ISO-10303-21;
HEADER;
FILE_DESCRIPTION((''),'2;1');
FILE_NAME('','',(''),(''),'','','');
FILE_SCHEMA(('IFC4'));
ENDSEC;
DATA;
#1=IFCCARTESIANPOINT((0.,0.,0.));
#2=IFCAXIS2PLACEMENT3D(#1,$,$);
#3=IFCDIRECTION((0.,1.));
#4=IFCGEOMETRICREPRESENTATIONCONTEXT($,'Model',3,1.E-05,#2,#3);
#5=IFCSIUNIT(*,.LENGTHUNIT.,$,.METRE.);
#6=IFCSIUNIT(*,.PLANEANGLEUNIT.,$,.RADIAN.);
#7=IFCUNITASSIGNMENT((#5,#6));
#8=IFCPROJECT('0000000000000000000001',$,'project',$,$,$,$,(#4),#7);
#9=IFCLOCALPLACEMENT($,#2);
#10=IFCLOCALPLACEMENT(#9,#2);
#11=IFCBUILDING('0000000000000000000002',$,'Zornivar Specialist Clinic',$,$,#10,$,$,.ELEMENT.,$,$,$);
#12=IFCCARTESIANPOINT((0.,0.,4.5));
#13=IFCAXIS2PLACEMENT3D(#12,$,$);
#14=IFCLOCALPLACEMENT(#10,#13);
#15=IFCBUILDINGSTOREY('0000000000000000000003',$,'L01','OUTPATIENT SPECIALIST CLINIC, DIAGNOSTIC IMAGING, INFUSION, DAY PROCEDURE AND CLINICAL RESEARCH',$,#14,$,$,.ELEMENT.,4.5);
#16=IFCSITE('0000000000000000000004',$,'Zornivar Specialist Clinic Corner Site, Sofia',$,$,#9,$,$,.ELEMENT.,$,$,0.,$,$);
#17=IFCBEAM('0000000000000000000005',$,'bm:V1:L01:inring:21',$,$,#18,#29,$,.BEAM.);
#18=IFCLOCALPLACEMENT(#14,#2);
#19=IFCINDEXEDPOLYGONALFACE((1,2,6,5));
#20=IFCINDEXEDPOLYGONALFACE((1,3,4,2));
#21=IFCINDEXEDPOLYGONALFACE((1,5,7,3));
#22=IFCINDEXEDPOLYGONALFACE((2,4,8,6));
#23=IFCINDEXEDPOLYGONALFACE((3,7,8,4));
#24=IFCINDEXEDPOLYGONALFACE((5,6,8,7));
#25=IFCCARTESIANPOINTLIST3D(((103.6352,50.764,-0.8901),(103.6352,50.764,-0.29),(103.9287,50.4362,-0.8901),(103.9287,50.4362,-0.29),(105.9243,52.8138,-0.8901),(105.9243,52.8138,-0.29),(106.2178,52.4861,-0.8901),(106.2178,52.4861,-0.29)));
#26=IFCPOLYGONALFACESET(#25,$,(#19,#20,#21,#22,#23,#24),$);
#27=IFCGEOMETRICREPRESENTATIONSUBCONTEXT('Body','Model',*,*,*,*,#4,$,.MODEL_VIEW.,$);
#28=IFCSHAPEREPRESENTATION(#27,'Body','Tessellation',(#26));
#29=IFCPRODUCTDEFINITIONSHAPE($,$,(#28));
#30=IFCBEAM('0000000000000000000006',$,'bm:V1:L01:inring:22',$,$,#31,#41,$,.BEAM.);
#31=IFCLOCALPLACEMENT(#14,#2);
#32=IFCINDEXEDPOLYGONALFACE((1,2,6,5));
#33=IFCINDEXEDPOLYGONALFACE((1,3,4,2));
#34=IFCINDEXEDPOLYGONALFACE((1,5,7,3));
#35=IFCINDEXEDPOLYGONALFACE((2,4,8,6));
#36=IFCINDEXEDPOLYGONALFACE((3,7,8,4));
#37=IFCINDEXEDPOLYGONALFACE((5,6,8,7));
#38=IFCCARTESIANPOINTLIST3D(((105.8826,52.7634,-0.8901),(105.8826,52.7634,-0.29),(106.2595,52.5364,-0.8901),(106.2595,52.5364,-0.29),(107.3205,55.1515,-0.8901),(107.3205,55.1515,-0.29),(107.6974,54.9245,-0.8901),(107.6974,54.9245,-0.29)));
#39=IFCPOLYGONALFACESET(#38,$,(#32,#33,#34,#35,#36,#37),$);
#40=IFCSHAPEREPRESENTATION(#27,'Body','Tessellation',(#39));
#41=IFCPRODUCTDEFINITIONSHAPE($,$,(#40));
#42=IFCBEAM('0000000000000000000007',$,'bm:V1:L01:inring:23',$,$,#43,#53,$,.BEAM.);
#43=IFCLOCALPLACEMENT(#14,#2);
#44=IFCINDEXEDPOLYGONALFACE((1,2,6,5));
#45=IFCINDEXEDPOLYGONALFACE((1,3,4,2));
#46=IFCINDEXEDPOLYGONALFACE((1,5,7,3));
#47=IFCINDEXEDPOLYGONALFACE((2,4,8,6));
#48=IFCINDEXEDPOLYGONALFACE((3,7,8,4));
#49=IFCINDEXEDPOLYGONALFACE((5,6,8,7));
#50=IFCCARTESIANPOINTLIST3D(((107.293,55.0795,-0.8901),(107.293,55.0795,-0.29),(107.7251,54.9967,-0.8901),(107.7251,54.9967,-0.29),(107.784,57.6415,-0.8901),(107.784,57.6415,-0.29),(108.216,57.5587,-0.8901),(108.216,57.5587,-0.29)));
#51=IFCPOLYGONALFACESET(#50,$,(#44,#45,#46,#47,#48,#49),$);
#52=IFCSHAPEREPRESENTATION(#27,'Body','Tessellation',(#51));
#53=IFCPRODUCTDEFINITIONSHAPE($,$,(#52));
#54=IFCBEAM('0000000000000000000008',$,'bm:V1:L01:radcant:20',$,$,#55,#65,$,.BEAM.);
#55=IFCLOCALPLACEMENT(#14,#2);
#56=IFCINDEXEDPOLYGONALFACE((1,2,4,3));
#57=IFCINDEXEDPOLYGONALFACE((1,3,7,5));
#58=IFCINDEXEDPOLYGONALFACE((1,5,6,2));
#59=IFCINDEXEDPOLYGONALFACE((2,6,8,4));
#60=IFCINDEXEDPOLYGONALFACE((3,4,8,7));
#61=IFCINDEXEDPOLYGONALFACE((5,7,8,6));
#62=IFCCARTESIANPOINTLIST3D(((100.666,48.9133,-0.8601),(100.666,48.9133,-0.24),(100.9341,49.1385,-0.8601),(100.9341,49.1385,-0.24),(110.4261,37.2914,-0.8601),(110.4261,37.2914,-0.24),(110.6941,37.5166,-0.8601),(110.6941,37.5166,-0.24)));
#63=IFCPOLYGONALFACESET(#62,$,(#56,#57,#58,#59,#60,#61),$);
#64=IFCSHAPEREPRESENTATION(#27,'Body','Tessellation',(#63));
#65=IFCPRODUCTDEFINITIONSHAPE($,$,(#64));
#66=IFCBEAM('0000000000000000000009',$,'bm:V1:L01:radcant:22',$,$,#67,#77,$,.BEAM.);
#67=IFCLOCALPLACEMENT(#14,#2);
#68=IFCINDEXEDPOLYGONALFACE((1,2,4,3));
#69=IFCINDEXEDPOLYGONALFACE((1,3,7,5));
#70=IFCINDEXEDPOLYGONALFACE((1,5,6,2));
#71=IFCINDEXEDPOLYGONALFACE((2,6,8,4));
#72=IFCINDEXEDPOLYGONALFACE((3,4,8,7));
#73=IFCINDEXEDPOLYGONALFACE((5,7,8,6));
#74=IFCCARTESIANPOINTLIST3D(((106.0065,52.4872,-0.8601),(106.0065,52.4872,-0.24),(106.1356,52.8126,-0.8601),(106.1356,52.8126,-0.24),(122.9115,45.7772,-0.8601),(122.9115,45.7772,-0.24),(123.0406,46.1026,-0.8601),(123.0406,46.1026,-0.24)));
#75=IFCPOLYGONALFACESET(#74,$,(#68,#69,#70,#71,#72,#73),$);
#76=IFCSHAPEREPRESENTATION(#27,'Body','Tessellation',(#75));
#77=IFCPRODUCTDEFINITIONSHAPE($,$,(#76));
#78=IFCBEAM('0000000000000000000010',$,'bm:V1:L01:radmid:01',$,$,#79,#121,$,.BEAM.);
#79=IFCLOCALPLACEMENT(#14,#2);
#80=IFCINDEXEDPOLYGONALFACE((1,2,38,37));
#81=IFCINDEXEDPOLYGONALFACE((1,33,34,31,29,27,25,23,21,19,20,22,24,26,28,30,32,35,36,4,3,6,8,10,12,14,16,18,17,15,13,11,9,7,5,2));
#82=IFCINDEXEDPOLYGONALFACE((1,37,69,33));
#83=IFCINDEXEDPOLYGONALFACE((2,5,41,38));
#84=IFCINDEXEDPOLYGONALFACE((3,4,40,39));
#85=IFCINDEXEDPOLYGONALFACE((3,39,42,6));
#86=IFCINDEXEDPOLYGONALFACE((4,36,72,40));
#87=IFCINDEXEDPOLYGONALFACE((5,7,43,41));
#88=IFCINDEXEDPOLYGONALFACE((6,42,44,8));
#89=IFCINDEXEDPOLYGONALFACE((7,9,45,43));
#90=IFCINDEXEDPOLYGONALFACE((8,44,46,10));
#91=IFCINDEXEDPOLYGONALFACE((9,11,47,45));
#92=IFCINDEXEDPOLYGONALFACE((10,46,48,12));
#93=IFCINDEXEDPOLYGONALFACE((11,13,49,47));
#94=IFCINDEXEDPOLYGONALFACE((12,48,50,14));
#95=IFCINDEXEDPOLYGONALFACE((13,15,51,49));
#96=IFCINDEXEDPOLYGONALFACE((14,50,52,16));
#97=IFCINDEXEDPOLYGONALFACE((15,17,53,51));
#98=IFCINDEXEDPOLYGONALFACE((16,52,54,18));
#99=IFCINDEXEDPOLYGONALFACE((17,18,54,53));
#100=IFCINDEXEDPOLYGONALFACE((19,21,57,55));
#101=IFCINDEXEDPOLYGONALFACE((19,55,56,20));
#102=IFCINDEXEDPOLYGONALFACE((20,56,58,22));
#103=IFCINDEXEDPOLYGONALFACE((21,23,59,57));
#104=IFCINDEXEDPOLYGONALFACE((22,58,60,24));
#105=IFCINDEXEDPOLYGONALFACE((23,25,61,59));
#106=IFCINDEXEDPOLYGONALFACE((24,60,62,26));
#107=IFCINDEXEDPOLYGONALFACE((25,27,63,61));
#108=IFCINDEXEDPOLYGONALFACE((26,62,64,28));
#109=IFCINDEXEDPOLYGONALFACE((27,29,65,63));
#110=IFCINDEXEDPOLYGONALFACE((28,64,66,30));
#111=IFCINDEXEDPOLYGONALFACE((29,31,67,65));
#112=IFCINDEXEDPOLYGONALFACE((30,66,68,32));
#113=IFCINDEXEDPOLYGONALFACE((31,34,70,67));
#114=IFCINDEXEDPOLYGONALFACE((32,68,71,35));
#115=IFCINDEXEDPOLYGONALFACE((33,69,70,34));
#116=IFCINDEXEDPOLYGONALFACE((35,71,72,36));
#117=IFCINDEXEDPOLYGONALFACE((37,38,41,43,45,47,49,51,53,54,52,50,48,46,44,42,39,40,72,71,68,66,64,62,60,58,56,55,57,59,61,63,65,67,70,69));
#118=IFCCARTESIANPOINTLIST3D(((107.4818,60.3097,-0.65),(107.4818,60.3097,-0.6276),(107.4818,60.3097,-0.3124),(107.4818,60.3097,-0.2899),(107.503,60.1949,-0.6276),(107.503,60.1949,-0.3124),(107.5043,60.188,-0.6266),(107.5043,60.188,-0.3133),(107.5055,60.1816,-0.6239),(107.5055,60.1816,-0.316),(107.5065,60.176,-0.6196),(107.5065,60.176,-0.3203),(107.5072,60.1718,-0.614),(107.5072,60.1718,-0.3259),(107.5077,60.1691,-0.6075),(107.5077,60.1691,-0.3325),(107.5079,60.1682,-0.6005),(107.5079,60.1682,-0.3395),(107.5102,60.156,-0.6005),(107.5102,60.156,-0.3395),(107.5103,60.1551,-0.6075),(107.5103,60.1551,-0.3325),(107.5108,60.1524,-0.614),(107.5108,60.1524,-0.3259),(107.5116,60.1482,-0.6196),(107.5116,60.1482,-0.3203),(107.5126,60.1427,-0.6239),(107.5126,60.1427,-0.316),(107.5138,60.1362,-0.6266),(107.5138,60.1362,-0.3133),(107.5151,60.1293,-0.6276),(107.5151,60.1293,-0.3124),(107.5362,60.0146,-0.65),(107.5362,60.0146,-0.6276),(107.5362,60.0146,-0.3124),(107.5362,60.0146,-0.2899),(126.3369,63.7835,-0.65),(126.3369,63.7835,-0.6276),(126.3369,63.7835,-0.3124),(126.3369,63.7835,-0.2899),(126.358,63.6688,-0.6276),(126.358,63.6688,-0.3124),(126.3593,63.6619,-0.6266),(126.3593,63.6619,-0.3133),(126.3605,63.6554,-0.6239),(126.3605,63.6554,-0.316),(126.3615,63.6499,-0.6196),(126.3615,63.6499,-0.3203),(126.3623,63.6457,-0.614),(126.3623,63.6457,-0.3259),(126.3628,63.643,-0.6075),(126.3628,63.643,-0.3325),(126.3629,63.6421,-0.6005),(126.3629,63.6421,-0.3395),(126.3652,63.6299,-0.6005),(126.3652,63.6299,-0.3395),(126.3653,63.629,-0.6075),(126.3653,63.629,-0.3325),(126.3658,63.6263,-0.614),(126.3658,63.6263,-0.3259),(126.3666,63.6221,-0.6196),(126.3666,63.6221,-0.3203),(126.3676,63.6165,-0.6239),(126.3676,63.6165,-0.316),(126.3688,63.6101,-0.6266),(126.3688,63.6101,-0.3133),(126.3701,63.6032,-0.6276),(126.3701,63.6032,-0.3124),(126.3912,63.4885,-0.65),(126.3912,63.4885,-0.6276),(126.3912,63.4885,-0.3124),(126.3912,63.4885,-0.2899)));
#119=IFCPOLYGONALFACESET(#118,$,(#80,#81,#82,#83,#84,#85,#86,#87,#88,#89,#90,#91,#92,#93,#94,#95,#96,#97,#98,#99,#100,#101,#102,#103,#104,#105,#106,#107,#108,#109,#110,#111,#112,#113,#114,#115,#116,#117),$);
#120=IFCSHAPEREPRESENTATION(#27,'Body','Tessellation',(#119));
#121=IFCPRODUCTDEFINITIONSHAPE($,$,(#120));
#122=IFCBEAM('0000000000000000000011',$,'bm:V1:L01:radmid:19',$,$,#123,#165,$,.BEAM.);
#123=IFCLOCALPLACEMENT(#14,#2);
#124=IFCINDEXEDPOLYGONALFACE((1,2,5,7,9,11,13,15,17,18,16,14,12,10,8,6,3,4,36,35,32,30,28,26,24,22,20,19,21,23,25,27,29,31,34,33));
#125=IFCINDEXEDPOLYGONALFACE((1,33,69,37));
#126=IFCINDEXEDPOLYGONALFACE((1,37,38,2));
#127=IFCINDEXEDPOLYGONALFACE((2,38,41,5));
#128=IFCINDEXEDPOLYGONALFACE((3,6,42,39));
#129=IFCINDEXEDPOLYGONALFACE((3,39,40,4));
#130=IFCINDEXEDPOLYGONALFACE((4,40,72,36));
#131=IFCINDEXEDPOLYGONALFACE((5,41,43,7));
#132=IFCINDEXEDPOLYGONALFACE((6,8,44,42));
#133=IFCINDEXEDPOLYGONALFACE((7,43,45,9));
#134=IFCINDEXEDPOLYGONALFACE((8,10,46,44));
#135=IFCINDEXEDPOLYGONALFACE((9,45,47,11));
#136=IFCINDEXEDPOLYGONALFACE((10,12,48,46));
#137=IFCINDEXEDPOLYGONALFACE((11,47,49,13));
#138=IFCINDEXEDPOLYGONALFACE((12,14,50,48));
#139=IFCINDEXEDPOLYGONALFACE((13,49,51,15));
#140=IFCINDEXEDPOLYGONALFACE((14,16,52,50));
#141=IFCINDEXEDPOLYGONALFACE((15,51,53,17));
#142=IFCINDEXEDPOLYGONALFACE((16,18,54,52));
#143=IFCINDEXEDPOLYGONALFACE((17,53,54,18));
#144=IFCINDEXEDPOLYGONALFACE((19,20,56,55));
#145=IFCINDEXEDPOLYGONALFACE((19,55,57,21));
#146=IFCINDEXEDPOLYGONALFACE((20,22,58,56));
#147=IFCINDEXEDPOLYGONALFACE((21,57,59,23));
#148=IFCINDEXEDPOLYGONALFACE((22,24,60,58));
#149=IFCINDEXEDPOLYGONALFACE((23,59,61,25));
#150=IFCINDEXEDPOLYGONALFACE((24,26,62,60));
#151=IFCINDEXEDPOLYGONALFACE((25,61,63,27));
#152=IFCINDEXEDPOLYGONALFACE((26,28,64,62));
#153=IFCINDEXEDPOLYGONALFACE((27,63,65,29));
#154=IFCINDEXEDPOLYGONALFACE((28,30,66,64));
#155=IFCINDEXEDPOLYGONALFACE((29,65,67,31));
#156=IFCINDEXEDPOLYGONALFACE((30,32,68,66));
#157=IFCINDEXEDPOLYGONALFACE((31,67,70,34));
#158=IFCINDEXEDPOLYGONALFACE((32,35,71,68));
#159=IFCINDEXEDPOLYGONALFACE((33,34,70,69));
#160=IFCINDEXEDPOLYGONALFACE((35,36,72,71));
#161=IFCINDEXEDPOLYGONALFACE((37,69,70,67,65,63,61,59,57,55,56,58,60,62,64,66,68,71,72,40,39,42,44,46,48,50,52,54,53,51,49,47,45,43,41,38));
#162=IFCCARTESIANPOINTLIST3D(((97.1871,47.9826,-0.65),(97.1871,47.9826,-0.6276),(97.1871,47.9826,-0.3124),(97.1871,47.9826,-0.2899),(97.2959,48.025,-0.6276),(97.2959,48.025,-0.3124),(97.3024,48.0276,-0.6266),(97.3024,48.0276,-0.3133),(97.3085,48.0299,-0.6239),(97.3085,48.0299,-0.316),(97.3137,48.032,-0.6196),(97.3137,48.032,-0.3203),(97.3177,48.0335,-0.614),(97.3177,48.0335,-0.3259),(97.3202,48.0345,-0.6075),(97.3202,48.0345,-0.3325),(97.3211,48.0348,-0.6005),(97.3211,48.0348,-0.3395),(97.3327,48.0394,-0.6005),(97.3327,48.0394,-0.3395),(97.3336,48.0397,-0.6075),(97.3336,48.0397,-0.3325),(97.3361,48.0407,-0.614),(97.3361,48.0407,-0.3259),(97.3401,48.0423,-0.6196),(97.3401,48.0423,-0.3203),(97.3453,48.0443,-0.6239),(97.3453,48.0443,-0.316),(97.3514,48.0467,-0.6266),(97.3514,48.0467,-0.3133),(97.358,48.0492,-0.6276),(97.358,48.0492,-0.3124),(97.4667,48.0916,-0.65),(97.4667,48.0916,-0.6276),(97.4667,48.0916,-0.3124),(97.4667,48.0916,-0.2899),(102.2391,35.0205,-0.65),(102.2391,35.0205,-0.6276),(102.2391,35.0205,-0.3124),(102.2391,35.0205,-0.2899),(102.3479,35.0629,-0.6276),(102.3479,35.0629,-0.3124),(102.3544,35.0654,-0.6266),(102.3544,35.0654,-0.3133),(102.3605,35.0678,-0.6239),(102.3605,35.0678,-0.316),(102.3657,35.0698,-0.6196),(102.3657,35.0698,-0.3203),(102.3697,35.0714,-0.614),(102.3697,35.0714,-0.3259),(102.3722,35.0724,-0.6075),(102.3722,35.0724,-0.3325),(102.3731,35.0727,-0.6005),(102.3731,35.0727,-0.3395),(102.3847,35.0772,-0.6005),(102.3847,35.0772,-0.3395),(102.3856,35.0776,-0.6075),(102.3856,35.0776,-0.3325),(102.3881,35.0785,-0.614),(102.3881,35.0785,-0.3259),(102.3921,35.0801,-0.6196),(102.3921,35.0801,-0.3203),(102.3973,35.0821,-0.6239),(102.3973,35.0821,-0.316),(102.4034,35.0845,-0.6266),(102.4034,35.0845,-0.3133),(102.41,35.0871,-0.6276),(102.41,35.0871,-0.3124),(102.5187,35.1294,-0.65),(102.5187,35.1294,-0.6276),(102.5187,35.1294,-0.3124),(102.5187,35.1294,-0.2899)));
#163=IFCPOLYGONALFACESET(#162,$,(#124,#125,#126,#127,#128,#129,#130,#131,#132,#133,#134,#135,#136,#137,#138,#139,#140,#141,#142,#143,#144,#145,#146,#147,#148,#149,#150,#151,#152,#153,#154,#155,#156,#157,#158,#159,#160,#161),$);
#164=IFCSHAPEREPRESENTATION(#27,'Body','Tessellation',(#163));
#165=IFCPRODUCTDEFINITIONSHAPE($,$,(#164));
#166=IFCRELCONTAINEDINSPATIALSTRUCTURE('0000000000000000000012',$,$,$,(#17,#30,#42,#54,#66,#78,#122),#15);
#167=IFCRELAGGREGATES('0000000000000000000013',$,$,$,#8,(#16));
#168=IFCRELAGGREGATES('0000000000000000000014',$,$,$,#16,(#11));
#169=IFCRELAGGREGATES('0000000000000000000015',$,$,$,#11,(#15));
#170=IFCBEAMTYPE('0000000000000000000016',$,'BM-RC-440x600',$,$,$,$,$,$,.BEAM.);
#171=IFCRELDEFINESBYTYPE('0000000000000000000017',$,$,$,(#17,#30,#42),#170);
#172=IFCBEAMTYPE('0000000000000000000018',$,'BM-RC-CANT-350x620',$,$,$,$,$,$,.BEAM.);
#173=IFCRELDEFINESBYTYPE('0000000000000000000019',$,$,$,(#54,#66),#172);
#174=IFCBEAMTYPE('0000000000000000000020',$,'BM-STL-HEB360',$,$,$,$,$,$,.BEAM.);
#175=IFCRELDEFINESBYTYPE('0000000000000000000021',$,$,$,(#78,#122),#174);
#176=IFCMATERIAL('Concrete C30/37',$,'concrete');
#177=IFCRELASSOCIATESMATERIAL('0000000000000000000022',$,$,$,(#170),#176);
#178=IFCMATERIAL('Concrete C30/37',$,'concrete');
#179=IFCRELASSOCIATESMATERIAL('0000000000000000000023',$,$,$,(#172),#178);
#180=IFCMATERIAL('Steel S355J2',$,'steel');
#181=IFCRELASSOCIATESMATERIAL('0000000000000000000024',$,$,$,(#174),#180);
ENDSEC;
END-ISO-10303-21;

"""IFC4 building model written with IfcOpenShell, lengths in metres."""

from ifc_helpers import new_model, si_unit, direction, frame, origin, origin_2d, place, context, subcontext, project, spatial, rectangle, i_section, extrude, material, material_profile, profile_set, type_object, element, save


model = new_model("IFC4")

# Units and contexts
model_context = context("Model", 3, precision=1e-05, world=origin(), true_north=direction((0.0, 1.0)))
body_context = subcontext(model_context, "Body", "Model", "MODEL_VIEW")
ifc_project = project(units=[si_unit("LENGTHUNIT", "METRE"), si_unit("PLANEANGLEUNIT", "RADIAN")], contexts=[model_context])

# Site, building, storey
site_placement = place(None, origin())
site = spatial("IfcSite", under=ifc_project, at=site_placement, Name="Zornivar Specialist Clinic Corner Site, Sofia", CompositionType="ELEMENT", RefElevation=0.0)
building_placement = place(site_placement, origin())
building = spatial("IfcBuilding", under=site, at=building_placement, Name="Zornivar Specialist Clinic", CompositionType="ELEMENT")
storey_placement = place(building_placement, frame((0.0, 0.0, 4.5)))
storey = spatial("IfcBuildingStorey", under=building, at=storey_placement, Name="L01", Description="OUTPATIENT SPECIALIST CLINIC, DIAGNOSTIC IMAGING, INFUSION, DAY PROCEDURE AND CLINICAL RESEARCH", CompositionType="ELEMENT", Elevation=4.5)

# Beams
ifc_material_1 = material(Name="Concrete C30/37", Category="concrete")
ifc_material_profile_1 = material_profile(ifc_material_1, rectangle(XDim=0.4399, YDim=0.6001, at=origin_2d()), Name="RC 440x600")
ifc_profile_set_1 = profile_set([ifc_material_profile_1], Name="Concrete C30/37")
beam_type_1 = type_object("IfcBeamType", Name="BM-RC-440x600", PredefinedType="BEAM", material=ifc_profile_set_1)
beam_1_placement = place(storey_placement, frame((103.782, 50.6001, -0.5901), z_axis=(0.744967, 0.667101, 0.0), x_axis=(-0.667101, 0.744967, 0.0)))
element("IfcBeam", 1, at=beam_1_placement, inside=storey, type_object=beam_type_1, Name="bm:V1:L01:inring:21", PredefinedType="BEAM", context=body_context, shape_type="SweptSolid", body=[
    extrude(rectangle(XDim=0.4399, YDim=0.6001, at=origin_2d()), origin(), (0.0, 0.0, 1.0), 3.0728),
])
beam_2_placement = place(storey_placement, frame((106.071, 52.6499, -0.5901), z_axis=(0.515835, 0.856688, 0.0), x_axis=(-0.856688, 0.515835, 0.0)))
element("IfcBeam", 2, at=beam_2_placement, inside=storey, type_object=beam_type_1, Name="bm:V1:L01:inring:22", PredefinedType="BEAM", context=body_context, shape_type="SweptSolid", body=[
    extrude(rectangle(XDim=0.4399, YDim=0.6001, at=origin_2d()), origin(), (0.0, 0.0, 1.0), 2.7876),
])
beam_3_placement = place(storey_placement, frame((107.509, 55.0381, -0.5901), z_axis=(0.188209, 0.982129, 0.0), x_axis=(-0.982129, 0.188209, 0.0)))
element("IfcBeam", 3, at=beam_3_placement, inside=storey, type_object=beam_type_1, Name="bm:V1:L01:inring:23", PredefinedType="BEAM", context=body_context, shape_type="SweptSolid", body=[
    extrude(rectangle(XDim=0.4399, YDim=0.6001, at=origin_2d()), origin(), (0.0, 0.0, 1.0), 2.6086),
])
ifc_material_2 = material(Name="Concrete C30/37", Category="concrete")
ifc_material_profile_2 = material_profile(ifc_material_2, rectangle(XDim=0.3501, YDim=0.6201, at=origin_2d()), Name="RC 350x620")
ifc_profile_set_2 = profile_set([ifc_material_profile_2], Name="Concrete C30/37")
beam_type_2 = type_object("IfcBeamType", Name="BM-RC-CANT-350x620", PredefinedType="BEAM", material=ifc_profile_set_2)
beam_4_placement = place(storey_placement, frame((100.8, 49.0259, -0.55), z_axis=(0.643102, -0.76578, 0.0), x_axis=(0.76578, 0.643102, 0.0)))
element("IfcBeam", 4, at=beam_4_placement, inside=storey, type_object=beam_type_2, Name="bm:V1:L01:radcant:20", PredefinedType="BEAM", context=body_context, shape_type="SweptSolid", body=[
    extrude(rectangle(XDim=0.3501, YDim=0.6201, at=origin_2d()), origin(), (0.0, 0.0, 1.0), 15.1765),
])
beam_5_placement = place(storey_placement, frame((106.071, 52.6499, -0.55), z_axis=(0.92946, -0.368922, 0.0), x_axis=(0.368922, 0.92946, 0.0)))
element("IfcBeam", 5, at=beam_5_placement, inside=storey, type_object=beam_type_2, Name="bm:V1:L01:radcant:22", PredefinedType="BEAM", context=body_context, shape_type="SweptSolid", body=[
    extrude(rectangle(XDim=0.3501, YDim=0.6201, at=origin_2d()), origin(), (0.0, 0.0, 1.0), 18.188),
])
ifc_material_3 = material(Name="Steel S355J2", Category="steel")
ifc_material_profile_3 = material_profile(ifc_material_3, i_section(OverallWidth=0.3, OverallDepth=0.3601, WebThickness=0.0125, FlangeThickness=0.0225, FilletRadius=0.0271, at=origin_2d()), Name="HEB 360")
ifc_profile_set_3 = profile_set([ifc_material_profile_3], Name="Steel S355J2")
beam_type_3 = type_object("IfcBeamType", Name="BM-STL-HEB360", PredefinedType="BEAM", material=ifc_profile_set_3)
beam_6_placement = place(storey_placement, frame((107.509, 60.1621, -0.47), z_axis=(0.983448, 0.181192, 0.0), x_axis=(-0.181192, 0.983448, 0.0)))
element("IfcBeam", 6, at=beam_6_placement, inside=storey, type_object=beam_type_3, Name="bm:V1:L01:radmid:01", PredefinedType="BEAM", context=body_context, shape_type="SweptSolid", body=[
    extrude(i_section(OverallWidth=0.3, OverallDepth=0.3601, WebThickness=0.0125, FlangeThickness=0.0225, FilletRadius=0.0271, at=origin_2d()), origin(), (0.0, 0.0, 1.0), 19.1724),
])
beam_7_placement = place(storey_placement, frame((97.3269, 48.0371, -0.47), z_axis=(0.363143, -0.931733, 0.0), x_axis=(0.931733, 0.363143, 0.0)))
element("IfcBeam", 7, at=beam_7_placement, inside=storey, type_object=beam_type_3, Name="bm:V1:L01:radmid:19", PredefinedType="BEAM", context=body_context, shape_type="SweptSolid", body=[
    extrude(i_section(OverallWidth=0.3, OverallDepth=0.3601, WebThickness=0.0125, FlangeThickness=0.0225, FilletRadius=0.0271, at=origin_2d()), origin(), (0.0, 0.0, 1.0), 13.9119),
])

save(model, "model.ifc")
